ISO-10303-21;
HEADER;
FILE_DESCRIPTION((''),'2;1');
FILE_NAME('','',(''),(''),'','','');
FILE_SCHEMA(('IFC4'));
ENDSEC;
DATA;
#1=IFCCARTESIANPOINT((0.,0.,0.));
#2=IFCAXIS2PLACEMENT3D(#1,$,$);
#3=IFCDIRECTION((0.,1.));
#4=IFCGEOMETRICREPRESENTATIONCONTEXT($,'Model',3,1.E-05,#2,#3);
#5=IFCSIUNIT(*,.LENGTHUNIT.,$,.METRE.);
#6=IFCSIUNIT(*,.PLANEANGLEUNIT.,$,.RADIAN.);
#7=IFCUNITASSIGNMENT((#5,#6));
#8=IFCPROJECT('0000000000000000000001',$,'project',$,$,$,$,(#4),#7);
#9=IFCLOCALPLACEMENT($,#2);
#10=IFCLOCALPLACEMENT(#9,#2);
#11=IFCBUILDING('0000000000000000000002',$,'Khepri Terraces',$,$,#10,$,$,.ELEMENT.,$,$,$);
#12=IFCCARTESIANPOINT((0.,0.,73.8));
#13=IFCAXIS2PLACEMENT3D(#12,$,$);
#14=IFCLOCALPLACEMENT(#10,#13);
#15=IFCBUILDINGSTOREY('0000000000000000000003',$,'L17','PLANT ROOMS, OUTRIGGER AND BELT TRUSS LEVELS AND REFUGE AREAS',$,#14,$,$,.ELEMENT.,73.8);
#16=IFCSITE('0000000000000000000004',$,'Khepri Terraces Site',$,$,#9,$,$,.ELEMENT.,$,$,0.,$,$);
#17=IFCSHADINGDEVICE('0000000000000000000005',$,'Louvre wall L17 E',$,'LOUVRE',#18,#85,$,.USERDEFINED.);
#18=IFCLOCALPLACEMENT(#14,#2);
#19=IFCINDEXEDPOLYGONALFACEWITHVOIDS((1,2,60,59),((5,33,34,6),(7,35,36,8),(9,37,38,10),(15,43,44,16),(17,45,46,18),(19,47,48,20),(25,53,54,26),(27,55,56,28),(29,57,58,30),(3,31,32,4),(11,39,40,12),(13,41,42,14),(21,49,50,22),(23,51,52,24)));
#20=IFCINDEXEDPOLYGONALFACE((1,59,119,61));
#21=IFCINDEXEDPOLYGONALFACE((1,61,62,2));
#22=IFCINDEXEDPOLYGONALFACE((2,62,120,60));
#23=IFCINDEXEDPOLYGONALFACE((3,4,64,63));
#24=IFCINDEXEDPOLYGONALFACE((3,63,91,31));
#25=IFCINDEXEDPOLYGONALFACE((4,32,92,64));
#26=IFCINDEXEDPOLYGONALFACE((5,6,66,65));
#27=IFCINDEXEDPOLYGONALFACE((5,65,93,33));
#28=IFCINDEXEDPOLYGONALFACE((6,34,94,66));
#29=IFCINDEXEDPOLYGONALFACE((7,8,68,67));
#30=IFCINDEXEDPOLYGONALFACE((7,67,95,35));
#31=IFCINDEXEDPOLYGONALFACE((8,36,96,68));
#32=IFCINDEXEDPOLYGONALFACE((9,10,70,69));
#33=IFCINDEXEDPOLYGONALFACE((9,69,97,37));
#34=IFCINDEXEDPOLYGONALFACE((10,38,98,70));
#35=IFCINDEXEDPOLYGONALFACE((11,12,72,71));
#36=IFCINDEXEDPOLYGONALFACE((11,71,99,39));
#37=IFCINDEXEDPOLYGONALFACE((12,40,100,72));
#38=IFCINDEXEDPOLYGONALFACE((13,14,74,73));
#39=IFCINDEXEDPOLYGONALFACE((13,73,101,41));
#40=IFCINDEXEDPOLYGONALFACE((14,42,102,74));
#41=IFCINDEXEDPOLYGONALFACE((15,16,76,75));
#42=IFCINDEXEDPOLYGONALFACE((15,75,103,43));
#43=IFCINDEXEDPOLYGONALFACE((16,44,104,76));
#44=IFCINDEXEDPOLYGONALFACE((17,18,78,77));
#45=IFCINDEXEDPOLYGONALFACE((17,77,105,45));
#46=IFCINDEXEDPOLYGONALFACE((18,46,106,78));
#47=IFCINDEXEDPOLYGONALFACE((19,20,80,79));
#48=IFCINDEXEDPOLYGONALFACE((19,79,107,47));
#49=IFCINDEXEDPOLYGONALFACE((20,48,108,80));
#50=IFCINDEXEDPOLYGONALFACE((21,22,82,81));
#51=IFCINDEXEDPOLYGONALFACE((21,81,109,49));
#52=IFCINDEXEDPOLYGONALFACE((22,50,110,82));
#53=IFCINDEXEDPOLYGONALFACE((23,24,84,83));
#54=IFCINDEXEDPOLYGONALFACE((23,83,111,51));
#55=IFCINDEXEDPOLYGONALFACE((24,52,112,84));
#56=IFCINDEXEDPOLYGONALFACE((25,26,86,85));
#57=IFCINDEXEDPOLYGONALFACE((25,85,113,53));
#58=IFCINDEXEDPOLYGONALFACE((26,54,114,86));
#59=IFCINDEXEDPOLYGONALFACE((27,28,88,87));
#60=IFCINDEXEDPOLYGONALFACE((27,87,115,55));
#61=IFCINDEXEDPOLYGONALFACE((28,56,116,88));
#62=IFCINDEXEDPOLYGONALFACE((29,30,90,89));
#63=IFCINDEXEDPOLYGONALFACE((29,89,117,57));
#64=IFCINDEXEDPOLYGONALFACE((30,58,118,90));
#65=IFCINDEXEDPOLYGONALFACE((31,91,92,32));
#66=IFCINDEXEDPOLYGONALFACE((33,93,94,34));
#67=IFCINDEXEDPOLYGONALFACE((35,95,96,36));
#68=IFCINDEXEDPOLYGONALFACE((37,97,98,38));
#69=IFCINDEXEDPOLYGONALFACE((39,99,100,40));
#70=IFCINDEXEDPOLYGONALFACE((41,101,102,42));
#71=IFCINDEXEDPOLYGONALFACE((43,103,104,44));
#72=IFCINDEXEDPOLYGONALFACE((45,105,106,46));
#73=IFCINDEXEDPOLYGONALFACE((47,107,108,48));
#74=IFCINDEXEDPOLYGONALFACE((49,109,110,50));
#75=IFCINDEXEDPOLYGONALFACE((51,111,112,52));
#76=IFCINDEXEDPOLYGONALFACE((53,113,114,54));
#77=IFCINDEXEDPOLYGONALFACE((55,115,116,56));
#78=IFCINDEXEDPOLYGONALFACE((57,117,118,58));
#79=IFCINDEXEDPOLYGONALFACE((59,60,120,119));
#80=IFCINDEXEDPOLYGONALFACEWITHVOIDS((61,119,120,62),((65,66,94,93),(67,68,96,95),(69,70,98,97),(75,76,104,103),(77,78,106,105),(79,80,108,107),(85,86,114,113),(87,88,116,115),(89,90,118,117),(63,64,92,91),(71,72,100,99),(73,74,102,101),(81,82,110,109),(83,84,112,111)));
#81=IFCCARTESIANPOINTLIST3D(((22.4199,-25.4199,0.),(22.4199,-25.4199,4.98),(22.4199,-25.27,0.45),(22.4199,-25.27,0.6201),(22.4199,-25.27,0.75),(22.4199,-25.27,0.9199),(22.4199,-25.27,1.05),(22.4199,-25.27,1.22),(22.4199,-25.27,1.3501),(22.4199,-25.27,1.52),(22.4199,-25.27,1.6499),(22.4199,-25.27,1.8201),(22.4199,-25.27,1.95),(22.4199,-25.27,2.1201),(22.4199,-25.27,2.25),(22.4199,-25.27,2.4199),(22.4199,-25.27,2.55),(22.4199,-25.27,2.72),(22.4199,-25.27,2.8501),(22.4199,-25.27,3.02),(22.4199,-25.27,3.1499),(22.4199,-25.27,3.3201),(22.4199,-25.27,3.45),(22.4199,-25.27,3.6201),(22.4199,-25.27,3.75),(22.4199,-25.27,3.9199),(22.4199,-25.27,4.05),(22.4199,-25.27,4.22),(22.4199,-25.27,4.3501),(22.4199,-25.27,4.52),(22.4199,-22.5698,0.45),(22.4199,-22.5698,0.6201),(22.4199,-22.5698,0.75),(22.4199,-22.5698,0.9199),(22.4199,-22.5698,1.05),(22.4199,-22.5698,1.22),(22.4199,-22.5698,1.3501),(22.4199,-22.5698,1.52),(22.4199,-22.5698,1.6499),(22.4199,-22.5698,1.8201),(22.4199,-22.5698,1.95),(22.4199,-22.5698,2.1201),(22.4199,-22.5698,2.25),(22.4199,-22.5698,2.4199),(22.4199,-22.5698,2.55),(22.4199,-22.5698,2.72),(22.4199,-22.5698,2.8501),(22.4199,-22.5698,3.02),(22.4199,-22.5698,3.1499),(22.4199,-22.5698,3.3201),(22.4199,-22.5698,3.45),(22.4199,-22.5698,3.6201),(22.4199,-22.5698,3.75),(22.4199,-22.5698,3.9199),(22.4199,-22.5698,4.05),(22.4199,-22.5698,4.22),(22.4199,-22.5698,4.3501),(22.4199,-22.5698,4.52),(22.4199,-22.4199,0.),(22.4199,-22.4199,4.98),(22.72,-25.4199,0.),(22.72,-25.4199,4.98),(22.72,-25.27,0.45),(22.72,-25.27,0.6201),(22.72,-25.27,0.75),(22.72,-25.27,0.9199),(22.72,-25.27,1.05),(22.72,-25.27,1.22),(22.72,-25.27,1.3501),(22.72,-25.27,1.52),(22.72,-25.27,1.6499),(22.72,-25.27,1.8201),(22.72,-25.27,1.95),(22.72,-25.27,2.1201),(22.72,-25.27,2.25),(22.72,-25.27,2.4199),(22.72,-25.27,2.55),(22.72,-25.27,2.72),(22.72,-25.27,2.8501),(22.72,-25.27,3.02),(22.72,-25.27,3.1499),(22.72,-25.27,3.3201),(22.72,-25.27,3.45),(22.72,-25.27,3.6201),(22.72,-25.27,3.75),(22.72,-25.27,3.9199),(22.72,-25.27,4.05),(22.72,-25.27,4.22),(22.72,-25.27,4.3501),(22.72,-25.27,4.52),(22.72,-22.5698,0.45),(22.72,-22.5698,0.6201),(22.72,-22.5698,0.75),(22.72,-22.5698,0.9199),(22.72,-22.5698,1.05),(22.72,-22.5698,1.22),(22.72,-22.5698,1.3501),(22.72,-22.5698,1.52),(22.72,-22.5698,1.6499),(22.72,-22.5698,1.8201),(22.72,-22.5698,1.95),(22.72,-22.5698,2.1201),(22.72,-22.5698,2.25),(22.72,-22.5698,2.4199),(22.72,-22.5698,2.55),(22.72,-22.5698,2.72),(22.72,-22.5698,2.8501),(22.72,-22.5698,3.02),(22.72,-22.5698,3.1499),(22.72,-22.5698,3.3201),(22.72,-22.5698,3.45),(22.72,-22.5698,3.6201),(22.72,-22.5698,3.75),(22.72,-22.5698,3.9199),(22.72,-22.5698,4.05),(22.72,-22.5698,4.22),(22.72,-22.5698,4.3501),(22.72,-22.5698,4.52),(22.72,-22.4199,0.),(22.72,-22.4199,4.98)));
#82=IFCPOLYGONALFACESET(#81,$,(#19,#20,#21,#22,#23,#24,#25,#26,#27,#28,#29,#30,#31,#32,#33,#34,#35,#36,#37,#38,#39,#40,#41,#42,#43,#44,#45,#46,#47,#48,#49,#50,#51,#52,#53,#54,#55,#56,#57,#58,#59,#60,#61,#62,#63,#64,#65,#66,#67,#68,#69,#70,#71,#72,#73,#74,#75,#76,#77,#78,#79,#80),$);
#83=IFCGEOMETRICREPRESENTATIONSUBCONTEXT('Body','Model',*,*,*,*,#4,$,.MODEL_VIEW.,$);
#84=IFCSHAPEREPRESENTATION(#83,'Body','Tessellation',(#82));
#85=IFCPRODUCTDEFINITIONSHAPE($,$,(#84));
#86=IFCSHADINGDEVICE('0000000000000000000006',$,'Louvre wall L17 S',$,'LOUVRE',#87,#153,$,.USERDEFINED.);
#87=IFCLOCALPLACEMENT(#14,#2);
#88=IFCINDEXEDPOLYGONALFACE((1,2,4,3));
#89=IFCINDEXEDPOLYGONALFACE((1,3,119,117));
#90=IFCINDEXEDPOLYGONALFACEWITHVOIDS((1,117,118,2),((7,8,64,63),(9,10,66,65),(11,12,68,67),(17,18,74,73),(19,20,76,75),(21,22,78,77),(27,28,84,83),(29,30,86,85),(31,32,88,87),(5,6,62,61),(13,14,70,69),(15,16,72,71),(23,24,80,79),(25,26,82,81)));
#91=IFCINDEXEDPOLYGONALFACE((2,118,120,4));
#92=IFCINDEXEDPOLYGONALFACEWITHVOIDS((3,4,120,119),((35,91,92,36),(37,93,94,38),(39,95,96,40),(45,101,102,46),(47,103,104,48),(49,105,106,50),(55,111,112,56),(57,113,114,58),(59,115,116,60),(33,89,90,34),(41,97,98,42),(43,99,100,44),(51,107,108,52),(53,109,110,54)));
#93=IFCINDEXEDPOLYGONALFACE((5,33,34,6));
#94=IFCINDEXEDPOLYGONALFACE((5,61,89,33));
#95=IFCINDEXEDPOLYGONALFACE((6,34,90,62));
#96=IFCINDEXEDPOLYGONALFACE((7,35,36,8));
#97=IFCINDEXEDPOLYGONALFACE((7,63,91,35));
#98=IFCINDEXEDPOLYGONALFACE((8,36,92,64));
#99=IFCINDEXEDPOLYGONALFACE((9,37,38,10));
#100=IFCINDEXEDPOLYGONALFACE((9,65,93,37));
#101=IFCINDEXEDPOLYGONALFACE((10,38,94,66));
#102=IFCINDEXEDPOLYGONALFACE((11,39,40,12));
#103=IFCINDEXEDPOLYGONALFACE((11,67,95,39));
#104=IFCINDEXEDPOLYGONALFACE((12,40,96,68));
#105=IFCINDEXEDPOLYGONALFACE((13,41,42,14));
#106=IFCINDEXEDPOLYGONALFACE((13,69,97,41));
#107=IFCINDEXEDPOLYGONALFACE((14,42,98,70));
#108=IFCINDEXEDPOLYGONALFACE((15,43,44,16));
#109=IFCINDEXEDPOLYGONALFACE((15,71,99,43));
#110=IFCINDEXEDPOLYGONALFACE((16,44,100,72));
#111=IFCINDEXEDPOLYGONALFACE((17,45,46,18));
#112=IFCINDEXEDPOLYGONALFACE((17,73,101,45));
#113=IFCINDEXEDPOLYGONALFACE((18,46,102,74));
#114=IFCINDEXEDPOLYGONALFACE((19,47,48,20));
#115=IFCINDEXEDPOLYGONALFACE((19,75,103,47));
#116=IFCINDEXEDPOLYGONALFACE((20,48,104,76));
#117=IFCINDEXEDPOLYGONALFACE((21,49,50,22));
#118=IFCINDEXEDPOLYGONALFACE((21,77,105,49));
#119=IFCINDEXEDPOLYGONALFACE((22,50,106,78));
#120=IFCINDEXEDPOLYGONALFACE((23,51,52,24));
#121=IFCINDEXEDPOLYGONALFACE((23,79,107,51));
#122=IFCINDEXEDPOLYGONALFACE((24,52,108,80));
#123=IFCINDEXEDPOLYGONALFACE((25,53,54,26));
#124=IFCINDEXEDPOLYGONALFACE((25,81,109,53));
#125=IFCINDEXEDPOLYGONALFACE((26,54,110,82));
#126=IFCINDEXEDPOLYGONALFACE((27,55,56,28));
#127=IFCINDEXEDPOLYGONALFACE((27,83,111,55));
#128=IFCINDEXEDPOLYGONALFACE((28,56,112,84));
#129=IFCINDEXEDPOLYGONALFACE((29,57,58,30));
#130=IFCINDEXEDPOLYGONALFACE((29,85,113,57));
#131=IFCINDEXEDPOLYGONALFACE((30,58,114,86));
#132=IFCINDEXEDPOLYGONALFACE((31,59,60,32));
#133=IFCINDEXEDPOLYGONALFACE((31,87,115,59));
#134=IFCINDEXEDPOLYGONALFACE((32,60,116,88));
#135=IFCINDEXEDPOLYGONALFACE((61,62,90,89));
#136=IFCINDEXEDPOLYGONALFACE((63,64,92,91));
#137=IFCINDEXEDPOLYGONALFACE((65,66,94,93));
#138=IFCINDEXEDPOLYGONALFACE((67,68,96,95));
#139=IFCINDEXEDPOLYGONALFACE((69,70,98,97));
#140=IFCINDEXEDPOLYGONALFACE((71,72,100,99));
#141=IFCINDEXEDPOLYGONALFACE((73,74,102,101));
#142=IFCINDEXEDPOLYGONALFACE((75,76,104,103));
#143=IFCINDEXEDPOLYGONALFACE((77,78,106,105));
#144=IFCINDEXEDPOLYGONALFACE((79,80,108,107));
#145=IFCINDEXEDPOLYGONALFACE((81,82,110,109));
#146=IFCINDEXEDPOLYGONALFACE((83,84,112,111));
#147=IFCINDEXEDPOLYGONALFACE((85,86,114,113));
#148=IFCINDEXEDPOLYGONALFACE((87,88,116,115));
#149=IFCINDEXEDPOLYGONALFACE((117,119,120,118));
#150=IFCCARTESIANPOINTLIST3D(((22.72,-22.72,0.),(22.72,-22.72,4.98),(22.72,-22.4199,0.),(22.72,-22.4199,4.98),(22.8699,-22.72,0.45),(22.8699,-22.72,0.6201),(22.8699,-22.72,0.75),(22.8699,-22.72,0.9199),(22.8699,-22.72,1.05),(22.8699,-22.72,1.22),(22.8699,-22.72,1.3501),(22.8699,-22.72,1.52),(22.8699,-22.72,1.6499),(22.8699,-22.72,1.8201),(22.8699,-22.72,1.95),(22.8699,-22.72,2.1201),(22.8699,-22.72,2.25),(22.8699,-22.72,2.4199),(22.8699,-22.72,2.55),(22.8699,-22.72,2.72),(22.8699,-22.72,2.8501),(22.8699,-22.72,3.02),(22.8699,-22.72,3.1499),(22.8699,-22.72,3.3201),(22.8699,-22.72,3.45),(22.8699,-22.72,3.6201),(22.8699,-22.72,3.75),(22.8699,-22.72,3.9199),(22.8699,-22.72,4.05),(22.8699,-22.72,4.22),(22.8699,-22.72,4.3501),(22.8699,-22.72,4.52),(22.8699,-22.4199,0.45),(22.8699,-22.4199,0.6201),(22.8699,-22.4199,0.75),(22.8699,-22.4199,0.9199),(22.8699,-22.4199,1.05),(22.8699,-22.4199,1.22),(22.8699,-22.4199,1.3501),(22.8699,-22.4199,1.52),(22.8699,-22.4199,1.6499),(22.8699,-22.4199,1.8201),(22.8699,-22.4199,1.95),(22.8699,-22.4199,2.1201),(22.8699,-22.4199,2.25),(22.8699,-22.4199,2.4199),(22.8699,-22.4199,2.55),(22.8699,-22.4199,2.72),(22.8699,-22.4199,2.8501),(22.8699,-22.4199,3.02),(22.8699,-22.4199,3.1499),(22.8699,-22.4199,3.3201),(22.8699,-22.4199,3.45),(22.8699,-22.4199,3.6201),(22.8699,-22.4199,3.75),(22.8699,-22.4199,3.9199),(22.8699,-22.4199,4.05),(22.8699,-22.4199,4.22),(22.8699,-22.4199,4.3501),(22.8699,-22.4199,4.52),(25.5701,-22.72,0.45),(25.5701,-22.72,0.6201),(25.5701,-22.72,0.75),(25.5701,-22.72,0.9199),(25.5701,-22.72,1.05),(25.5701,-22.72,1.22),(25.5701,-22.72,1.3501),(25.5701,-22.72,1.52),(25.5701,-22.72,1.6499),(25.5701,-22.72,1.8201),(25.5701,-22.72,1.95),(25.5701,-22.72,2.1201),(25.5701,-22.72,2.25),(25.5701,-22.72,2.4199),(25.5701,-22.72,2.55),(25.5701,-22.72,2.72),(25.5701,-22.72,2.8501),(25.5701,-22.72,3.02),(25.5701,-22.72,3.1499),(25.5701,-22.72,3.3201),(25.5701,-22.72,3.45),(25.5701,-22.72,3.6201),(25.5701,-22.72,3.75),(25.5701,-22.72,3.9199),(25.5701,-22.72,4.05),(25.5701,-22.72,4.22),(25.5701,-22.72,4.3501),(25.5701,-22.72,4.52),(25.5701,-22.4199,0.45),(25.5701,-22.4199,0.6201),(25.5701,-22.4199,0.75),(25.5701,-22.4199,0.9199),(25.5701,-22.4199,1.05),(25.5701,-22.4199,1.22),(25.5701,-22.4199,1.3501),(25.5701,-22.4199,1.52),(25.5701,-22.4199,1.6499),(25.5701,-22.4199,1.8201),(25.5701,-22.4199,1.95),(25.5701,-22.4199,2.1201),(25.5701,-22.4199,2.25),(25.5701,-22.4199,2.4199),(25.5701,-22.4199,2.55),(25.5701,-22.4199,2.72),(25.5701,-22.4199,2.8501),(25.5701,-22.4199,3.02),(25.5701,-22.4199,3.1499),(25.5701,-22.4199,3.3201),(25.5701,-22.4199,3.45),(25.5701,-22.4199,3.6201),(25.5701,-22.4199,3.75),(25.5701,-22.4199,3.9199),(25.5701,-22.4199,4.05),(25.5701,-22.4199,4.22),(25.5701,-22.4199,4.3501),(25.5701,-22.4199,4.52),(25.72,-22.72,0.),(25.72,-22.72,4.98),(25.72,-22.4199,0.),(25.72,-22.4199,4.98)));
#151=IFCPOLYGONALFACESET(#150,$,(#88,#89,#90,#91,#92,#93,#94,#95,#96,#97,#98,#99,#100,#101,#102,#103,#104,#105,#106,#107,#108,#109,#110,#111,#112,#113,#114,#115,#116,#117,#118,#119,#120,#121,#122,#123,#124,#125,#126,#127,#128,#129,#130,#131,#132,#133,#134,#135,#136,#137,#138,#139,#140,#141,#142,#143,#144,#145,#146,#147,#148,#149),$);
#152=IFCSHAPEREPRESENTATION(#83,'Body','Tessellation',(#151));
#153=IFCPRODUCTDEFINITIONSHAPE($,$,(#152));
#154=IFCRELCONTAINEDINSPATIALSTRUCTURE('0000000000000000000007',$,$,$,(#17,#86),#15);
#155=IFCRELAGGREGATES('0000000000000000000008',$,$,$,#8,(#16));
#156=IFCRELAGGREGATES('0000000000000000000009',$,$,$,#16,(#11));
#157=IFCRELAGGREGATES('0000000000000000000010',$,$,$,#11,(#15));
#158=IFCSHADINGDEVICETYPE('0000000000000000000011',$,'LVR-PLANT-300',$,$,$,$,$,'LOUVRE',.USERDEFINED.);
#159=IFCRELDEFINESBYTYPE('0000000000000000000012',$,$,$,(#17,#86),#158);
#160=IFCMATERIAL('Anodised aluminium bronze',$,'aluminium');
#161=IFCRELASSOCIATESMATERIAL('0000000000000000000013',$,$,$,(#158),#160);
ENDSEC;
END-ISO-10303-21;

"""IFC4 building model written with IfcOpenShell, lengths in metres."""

from ifc_helpers import new_model, si_unit, direction, frame, origin, place, context, subcontext, project, spatial, polyline, outline, extrude, material, type_object, element, save


model = new_model("IFC4")

# Units and contexts
model_context = context("Model", 3, precision=1e-05, world=origin(), true_north=direction((0.0, 1.0)))
body_context = subcontext(model_context, "Body", "Model", "MODEL_VIEW")
ifc_project = project(units=[si_unit("LENGTHUNIT", "METRE"), si_unit("PLANEANGLEUNIT", "RADIAN")], contexts=[model_context])

# Site, building, storey
site_placement = place(None, origin())
site = spatial("IfcSite", under=ifc_project, at=site_placement, Name="Khepri Terraces Site", CompositionType="ELEMENT", RefElevation=0.0)
building_placement = place(site_placement, origin())
building = spatial("IfcBuilding", under=site, at=building_placement, Name="Khepri Terraces", CompositionType="ELEMENT")
storey_placement = place(building_placement, frame((0.0, 0.0, 73.8)))
storey = spatial("IfcBuildingStorey", under=building, at=storey_placement, Name="L17", Description="PLANT ROOMS, OUTRIGGER AND BELT TRUSS LEVELS AND REFUGE AREAS", CompositionType="ELEMENT", Elevation=73.8)

# Shading devices
ifc_material_1 = material(Name="Anodised aluminium bronze", Category="aluminium")
shading_device_type = type_object("IfcShadingDeviceType", Name="LVR-PLANT-300", ElementType="LOUVRE", PredefinedType="USERDEFINED", material=ifc_material_1)
shading_device_1_placement = place(storey_placement, frame((22.4199, -25.4199, 0.0), z_axis=(1.0, 0.0, 0.0), x_axis=(0.0, 1.0, 0.0)))
element("IfcShadingDevice", 1, at=shading_device_1_placement, inside=storey, type_object=shading_device_type, Name="Louvre wall L17 E", ObjectType="LOUVRE", PredefinedType="USERDEFINED", context=body_context, shape_type="SweptSolid", body=[
    extrude(outline(polyline([(0.0, 0.0), (3.0, 0.0), (3.0, 4.98), (0.0, 4.98), (0.0, 0.0)]), holes=[polyline([(0.1499, 0.45), (2.8501, 0.45), (2.8501, 0.6201), (0.1499, 0.6201), (0.1499, 0.45)]), polyline([(0.1499, 0.75), (2.8501, 0.75), (2.8501, 0.9199), (0.1499, 0.9199), (0.1499, 0.75)]), polyline([(0.1499, 1.05), (2.8501, 1.05), (2.8501, 1.22), (0.1499, 1.22), (0.1499, 1.05)]), polyline([(0.1499, 1.3501), (2.8501, 1.3501), (2.8501, 1.52), (0.1499, 1.52), (0.1499, 1.3501)]), polyline([(0.1499, 1.6499), (2.8501, 1.6499), (2.8501, 1.8201), (0.1499, 1.8201), (0.1499, 1.6499)]), polyline([(0.1499, 1.95), (2.8501, 1.95), (2.8501, 2.1201), (0.1499, 2.1201), (0.1499, 1.95)]), polyline([(0.1499, 2.25), (2.8501, 2.25), (2.8501, 2.4199), (0.1499, 2.4199), (0.1499, 2.25)]), polyline([(0.1499, 2.55), (2.8501, 2.55), (2.8501, 2.72), (0.1499, 2.72), (0.1499, 2.55)]), polyline([(0.1499, 2.8501), (2.8501, 2.8501), (2.8501, 3.02), (0.1499, 3.02), (0.1499, 2.8501)]), polyline([(0.1499, 3.1499), (2.8501, 3.1499), (2.8501, 3.3201), (0.1499, 3.3201), (0.1499, 3.1499)]), polyline([(0.1499, 3.45), (2.8501, 3.45), (2.8501, 3.6201), (0.1499, 3.6201), (0.1499, 3.45)]), polyline([(0.1499, 3.75), (2.8501, 3.75), (2.8501, 3.9199), (0.1499, 3.9199), (0.1499, 3.75)]), polyline([(0.1499, 4.05), (2.8501, 4.05), (2.8501, 4.22), (0.1499, 4.22), (0.1499, 4.05)]), polyline([(0.1499, 4.3501), (2.8501, 4.3501), (2.8501, 4.52), (0.1499, 4.52), (0.1499, 4.3501)])]), origin(), (0.0, 0.0, 1.0), 0.3),
])
shading_device_2_placement = place(storey_placement, frame((22.72, -22.4199, 0.0), z_axis=(0.0, -1.0, 0.0), x_axis=(1.0, 0.0, 0.0)))
element("IfcShadingDevice", 2, at=shading_device_2_placement, inside=storey, type_object=shading_device_type, Name="Louvre wall L17 S", ObjectType="LOUVRE", PredefinedType="USERDEFINED", context=body_context, shape_type="SweptSolid", body=[
    extrude(outline(polyline([(0.0, 0.0), (3.0, 0.0), (3.0, 4.98), (0.0, 4.98), (0.0, 0.0)]), holes=[polyline([(0.1499, 0.45), (2.8501, 0.45), (2.8501, 0.6201), (0.1499, 0.6201), (0.1499, 0.45)]), polyline([(0.1499, 0.75), (2.8501, 0.75), (2.8501, 0.9199), (0.1499, 0.9199), (0.1499, 0.75)]), polyline([(0.1499, 1.05), (2.8501, 1.05), (2.8501, 1.22), (0.1499, 1.22), (0.1499, 1.05)]), polyline([(0.1499, 1.3501), (2.8501, 1.3501), (2.8501, 1.52), (0.1499, 1.52), (0.1499, 1.3501)]), polyline([(0.1499, 1.6499), (2.8501, 1.6499), (2.8501, 1.8201), (0.1499, 1.8201), (0.1499, 1.6499)]), polyline([(0.1499, 1.95), (2.8501, 1.95), (2.8501, 2.1201), (0.1499, 2.1201), (0.1499, 1.95)]), polyline([(0.1499, 2.25), (2.8501, 2.25), (2.8501, 2.4199), (0.1499, 2.4199), (0.1499, 2.25)]), polyline([(0.1499, 2.55), (2.8501, 2.55), (2.8501, 2.72), (0.1499, 2.72), (0.1499, 2.55)]), polyline([(0.1499, 2.8501), (2.8501, 2.8501), (2.8501, 3.02), (0.1499, 3.02), (0.1499, 2.8501)]), polyline([(0.1499, 3.1499), (2.8501, 3.1499), (2.8501, 3.3201), (0.1499, 3.3201), (0.1499, 3.1499)]), polyline([(0.1499, 3.45), (2.8501, 3.45), (2.8501, 3.6201), (0.1499, 3.6201), (0.1499, 3.45)]), polyline([(0.1499, 3.75), (2.8501, 3.75), (2.8501, 3.9199), (0.1499, 3.9199), (0.1499, 3.75)]), polyline([(0.1499, 4.05), (2.8501, 4.05), (2.8501, 4.22), (0.1499, 4.22), (0.1499, 4.05)]), polyline([(0.1499, 4.3501), (2.8501, 4.3501), (2.8501, 4.52), (0.1499, 4.52), (0.1499, 4.3501)])]), origin(), (0.0, 0.0, 1.0), 0.3),
])

save(model, "model.ifc")
